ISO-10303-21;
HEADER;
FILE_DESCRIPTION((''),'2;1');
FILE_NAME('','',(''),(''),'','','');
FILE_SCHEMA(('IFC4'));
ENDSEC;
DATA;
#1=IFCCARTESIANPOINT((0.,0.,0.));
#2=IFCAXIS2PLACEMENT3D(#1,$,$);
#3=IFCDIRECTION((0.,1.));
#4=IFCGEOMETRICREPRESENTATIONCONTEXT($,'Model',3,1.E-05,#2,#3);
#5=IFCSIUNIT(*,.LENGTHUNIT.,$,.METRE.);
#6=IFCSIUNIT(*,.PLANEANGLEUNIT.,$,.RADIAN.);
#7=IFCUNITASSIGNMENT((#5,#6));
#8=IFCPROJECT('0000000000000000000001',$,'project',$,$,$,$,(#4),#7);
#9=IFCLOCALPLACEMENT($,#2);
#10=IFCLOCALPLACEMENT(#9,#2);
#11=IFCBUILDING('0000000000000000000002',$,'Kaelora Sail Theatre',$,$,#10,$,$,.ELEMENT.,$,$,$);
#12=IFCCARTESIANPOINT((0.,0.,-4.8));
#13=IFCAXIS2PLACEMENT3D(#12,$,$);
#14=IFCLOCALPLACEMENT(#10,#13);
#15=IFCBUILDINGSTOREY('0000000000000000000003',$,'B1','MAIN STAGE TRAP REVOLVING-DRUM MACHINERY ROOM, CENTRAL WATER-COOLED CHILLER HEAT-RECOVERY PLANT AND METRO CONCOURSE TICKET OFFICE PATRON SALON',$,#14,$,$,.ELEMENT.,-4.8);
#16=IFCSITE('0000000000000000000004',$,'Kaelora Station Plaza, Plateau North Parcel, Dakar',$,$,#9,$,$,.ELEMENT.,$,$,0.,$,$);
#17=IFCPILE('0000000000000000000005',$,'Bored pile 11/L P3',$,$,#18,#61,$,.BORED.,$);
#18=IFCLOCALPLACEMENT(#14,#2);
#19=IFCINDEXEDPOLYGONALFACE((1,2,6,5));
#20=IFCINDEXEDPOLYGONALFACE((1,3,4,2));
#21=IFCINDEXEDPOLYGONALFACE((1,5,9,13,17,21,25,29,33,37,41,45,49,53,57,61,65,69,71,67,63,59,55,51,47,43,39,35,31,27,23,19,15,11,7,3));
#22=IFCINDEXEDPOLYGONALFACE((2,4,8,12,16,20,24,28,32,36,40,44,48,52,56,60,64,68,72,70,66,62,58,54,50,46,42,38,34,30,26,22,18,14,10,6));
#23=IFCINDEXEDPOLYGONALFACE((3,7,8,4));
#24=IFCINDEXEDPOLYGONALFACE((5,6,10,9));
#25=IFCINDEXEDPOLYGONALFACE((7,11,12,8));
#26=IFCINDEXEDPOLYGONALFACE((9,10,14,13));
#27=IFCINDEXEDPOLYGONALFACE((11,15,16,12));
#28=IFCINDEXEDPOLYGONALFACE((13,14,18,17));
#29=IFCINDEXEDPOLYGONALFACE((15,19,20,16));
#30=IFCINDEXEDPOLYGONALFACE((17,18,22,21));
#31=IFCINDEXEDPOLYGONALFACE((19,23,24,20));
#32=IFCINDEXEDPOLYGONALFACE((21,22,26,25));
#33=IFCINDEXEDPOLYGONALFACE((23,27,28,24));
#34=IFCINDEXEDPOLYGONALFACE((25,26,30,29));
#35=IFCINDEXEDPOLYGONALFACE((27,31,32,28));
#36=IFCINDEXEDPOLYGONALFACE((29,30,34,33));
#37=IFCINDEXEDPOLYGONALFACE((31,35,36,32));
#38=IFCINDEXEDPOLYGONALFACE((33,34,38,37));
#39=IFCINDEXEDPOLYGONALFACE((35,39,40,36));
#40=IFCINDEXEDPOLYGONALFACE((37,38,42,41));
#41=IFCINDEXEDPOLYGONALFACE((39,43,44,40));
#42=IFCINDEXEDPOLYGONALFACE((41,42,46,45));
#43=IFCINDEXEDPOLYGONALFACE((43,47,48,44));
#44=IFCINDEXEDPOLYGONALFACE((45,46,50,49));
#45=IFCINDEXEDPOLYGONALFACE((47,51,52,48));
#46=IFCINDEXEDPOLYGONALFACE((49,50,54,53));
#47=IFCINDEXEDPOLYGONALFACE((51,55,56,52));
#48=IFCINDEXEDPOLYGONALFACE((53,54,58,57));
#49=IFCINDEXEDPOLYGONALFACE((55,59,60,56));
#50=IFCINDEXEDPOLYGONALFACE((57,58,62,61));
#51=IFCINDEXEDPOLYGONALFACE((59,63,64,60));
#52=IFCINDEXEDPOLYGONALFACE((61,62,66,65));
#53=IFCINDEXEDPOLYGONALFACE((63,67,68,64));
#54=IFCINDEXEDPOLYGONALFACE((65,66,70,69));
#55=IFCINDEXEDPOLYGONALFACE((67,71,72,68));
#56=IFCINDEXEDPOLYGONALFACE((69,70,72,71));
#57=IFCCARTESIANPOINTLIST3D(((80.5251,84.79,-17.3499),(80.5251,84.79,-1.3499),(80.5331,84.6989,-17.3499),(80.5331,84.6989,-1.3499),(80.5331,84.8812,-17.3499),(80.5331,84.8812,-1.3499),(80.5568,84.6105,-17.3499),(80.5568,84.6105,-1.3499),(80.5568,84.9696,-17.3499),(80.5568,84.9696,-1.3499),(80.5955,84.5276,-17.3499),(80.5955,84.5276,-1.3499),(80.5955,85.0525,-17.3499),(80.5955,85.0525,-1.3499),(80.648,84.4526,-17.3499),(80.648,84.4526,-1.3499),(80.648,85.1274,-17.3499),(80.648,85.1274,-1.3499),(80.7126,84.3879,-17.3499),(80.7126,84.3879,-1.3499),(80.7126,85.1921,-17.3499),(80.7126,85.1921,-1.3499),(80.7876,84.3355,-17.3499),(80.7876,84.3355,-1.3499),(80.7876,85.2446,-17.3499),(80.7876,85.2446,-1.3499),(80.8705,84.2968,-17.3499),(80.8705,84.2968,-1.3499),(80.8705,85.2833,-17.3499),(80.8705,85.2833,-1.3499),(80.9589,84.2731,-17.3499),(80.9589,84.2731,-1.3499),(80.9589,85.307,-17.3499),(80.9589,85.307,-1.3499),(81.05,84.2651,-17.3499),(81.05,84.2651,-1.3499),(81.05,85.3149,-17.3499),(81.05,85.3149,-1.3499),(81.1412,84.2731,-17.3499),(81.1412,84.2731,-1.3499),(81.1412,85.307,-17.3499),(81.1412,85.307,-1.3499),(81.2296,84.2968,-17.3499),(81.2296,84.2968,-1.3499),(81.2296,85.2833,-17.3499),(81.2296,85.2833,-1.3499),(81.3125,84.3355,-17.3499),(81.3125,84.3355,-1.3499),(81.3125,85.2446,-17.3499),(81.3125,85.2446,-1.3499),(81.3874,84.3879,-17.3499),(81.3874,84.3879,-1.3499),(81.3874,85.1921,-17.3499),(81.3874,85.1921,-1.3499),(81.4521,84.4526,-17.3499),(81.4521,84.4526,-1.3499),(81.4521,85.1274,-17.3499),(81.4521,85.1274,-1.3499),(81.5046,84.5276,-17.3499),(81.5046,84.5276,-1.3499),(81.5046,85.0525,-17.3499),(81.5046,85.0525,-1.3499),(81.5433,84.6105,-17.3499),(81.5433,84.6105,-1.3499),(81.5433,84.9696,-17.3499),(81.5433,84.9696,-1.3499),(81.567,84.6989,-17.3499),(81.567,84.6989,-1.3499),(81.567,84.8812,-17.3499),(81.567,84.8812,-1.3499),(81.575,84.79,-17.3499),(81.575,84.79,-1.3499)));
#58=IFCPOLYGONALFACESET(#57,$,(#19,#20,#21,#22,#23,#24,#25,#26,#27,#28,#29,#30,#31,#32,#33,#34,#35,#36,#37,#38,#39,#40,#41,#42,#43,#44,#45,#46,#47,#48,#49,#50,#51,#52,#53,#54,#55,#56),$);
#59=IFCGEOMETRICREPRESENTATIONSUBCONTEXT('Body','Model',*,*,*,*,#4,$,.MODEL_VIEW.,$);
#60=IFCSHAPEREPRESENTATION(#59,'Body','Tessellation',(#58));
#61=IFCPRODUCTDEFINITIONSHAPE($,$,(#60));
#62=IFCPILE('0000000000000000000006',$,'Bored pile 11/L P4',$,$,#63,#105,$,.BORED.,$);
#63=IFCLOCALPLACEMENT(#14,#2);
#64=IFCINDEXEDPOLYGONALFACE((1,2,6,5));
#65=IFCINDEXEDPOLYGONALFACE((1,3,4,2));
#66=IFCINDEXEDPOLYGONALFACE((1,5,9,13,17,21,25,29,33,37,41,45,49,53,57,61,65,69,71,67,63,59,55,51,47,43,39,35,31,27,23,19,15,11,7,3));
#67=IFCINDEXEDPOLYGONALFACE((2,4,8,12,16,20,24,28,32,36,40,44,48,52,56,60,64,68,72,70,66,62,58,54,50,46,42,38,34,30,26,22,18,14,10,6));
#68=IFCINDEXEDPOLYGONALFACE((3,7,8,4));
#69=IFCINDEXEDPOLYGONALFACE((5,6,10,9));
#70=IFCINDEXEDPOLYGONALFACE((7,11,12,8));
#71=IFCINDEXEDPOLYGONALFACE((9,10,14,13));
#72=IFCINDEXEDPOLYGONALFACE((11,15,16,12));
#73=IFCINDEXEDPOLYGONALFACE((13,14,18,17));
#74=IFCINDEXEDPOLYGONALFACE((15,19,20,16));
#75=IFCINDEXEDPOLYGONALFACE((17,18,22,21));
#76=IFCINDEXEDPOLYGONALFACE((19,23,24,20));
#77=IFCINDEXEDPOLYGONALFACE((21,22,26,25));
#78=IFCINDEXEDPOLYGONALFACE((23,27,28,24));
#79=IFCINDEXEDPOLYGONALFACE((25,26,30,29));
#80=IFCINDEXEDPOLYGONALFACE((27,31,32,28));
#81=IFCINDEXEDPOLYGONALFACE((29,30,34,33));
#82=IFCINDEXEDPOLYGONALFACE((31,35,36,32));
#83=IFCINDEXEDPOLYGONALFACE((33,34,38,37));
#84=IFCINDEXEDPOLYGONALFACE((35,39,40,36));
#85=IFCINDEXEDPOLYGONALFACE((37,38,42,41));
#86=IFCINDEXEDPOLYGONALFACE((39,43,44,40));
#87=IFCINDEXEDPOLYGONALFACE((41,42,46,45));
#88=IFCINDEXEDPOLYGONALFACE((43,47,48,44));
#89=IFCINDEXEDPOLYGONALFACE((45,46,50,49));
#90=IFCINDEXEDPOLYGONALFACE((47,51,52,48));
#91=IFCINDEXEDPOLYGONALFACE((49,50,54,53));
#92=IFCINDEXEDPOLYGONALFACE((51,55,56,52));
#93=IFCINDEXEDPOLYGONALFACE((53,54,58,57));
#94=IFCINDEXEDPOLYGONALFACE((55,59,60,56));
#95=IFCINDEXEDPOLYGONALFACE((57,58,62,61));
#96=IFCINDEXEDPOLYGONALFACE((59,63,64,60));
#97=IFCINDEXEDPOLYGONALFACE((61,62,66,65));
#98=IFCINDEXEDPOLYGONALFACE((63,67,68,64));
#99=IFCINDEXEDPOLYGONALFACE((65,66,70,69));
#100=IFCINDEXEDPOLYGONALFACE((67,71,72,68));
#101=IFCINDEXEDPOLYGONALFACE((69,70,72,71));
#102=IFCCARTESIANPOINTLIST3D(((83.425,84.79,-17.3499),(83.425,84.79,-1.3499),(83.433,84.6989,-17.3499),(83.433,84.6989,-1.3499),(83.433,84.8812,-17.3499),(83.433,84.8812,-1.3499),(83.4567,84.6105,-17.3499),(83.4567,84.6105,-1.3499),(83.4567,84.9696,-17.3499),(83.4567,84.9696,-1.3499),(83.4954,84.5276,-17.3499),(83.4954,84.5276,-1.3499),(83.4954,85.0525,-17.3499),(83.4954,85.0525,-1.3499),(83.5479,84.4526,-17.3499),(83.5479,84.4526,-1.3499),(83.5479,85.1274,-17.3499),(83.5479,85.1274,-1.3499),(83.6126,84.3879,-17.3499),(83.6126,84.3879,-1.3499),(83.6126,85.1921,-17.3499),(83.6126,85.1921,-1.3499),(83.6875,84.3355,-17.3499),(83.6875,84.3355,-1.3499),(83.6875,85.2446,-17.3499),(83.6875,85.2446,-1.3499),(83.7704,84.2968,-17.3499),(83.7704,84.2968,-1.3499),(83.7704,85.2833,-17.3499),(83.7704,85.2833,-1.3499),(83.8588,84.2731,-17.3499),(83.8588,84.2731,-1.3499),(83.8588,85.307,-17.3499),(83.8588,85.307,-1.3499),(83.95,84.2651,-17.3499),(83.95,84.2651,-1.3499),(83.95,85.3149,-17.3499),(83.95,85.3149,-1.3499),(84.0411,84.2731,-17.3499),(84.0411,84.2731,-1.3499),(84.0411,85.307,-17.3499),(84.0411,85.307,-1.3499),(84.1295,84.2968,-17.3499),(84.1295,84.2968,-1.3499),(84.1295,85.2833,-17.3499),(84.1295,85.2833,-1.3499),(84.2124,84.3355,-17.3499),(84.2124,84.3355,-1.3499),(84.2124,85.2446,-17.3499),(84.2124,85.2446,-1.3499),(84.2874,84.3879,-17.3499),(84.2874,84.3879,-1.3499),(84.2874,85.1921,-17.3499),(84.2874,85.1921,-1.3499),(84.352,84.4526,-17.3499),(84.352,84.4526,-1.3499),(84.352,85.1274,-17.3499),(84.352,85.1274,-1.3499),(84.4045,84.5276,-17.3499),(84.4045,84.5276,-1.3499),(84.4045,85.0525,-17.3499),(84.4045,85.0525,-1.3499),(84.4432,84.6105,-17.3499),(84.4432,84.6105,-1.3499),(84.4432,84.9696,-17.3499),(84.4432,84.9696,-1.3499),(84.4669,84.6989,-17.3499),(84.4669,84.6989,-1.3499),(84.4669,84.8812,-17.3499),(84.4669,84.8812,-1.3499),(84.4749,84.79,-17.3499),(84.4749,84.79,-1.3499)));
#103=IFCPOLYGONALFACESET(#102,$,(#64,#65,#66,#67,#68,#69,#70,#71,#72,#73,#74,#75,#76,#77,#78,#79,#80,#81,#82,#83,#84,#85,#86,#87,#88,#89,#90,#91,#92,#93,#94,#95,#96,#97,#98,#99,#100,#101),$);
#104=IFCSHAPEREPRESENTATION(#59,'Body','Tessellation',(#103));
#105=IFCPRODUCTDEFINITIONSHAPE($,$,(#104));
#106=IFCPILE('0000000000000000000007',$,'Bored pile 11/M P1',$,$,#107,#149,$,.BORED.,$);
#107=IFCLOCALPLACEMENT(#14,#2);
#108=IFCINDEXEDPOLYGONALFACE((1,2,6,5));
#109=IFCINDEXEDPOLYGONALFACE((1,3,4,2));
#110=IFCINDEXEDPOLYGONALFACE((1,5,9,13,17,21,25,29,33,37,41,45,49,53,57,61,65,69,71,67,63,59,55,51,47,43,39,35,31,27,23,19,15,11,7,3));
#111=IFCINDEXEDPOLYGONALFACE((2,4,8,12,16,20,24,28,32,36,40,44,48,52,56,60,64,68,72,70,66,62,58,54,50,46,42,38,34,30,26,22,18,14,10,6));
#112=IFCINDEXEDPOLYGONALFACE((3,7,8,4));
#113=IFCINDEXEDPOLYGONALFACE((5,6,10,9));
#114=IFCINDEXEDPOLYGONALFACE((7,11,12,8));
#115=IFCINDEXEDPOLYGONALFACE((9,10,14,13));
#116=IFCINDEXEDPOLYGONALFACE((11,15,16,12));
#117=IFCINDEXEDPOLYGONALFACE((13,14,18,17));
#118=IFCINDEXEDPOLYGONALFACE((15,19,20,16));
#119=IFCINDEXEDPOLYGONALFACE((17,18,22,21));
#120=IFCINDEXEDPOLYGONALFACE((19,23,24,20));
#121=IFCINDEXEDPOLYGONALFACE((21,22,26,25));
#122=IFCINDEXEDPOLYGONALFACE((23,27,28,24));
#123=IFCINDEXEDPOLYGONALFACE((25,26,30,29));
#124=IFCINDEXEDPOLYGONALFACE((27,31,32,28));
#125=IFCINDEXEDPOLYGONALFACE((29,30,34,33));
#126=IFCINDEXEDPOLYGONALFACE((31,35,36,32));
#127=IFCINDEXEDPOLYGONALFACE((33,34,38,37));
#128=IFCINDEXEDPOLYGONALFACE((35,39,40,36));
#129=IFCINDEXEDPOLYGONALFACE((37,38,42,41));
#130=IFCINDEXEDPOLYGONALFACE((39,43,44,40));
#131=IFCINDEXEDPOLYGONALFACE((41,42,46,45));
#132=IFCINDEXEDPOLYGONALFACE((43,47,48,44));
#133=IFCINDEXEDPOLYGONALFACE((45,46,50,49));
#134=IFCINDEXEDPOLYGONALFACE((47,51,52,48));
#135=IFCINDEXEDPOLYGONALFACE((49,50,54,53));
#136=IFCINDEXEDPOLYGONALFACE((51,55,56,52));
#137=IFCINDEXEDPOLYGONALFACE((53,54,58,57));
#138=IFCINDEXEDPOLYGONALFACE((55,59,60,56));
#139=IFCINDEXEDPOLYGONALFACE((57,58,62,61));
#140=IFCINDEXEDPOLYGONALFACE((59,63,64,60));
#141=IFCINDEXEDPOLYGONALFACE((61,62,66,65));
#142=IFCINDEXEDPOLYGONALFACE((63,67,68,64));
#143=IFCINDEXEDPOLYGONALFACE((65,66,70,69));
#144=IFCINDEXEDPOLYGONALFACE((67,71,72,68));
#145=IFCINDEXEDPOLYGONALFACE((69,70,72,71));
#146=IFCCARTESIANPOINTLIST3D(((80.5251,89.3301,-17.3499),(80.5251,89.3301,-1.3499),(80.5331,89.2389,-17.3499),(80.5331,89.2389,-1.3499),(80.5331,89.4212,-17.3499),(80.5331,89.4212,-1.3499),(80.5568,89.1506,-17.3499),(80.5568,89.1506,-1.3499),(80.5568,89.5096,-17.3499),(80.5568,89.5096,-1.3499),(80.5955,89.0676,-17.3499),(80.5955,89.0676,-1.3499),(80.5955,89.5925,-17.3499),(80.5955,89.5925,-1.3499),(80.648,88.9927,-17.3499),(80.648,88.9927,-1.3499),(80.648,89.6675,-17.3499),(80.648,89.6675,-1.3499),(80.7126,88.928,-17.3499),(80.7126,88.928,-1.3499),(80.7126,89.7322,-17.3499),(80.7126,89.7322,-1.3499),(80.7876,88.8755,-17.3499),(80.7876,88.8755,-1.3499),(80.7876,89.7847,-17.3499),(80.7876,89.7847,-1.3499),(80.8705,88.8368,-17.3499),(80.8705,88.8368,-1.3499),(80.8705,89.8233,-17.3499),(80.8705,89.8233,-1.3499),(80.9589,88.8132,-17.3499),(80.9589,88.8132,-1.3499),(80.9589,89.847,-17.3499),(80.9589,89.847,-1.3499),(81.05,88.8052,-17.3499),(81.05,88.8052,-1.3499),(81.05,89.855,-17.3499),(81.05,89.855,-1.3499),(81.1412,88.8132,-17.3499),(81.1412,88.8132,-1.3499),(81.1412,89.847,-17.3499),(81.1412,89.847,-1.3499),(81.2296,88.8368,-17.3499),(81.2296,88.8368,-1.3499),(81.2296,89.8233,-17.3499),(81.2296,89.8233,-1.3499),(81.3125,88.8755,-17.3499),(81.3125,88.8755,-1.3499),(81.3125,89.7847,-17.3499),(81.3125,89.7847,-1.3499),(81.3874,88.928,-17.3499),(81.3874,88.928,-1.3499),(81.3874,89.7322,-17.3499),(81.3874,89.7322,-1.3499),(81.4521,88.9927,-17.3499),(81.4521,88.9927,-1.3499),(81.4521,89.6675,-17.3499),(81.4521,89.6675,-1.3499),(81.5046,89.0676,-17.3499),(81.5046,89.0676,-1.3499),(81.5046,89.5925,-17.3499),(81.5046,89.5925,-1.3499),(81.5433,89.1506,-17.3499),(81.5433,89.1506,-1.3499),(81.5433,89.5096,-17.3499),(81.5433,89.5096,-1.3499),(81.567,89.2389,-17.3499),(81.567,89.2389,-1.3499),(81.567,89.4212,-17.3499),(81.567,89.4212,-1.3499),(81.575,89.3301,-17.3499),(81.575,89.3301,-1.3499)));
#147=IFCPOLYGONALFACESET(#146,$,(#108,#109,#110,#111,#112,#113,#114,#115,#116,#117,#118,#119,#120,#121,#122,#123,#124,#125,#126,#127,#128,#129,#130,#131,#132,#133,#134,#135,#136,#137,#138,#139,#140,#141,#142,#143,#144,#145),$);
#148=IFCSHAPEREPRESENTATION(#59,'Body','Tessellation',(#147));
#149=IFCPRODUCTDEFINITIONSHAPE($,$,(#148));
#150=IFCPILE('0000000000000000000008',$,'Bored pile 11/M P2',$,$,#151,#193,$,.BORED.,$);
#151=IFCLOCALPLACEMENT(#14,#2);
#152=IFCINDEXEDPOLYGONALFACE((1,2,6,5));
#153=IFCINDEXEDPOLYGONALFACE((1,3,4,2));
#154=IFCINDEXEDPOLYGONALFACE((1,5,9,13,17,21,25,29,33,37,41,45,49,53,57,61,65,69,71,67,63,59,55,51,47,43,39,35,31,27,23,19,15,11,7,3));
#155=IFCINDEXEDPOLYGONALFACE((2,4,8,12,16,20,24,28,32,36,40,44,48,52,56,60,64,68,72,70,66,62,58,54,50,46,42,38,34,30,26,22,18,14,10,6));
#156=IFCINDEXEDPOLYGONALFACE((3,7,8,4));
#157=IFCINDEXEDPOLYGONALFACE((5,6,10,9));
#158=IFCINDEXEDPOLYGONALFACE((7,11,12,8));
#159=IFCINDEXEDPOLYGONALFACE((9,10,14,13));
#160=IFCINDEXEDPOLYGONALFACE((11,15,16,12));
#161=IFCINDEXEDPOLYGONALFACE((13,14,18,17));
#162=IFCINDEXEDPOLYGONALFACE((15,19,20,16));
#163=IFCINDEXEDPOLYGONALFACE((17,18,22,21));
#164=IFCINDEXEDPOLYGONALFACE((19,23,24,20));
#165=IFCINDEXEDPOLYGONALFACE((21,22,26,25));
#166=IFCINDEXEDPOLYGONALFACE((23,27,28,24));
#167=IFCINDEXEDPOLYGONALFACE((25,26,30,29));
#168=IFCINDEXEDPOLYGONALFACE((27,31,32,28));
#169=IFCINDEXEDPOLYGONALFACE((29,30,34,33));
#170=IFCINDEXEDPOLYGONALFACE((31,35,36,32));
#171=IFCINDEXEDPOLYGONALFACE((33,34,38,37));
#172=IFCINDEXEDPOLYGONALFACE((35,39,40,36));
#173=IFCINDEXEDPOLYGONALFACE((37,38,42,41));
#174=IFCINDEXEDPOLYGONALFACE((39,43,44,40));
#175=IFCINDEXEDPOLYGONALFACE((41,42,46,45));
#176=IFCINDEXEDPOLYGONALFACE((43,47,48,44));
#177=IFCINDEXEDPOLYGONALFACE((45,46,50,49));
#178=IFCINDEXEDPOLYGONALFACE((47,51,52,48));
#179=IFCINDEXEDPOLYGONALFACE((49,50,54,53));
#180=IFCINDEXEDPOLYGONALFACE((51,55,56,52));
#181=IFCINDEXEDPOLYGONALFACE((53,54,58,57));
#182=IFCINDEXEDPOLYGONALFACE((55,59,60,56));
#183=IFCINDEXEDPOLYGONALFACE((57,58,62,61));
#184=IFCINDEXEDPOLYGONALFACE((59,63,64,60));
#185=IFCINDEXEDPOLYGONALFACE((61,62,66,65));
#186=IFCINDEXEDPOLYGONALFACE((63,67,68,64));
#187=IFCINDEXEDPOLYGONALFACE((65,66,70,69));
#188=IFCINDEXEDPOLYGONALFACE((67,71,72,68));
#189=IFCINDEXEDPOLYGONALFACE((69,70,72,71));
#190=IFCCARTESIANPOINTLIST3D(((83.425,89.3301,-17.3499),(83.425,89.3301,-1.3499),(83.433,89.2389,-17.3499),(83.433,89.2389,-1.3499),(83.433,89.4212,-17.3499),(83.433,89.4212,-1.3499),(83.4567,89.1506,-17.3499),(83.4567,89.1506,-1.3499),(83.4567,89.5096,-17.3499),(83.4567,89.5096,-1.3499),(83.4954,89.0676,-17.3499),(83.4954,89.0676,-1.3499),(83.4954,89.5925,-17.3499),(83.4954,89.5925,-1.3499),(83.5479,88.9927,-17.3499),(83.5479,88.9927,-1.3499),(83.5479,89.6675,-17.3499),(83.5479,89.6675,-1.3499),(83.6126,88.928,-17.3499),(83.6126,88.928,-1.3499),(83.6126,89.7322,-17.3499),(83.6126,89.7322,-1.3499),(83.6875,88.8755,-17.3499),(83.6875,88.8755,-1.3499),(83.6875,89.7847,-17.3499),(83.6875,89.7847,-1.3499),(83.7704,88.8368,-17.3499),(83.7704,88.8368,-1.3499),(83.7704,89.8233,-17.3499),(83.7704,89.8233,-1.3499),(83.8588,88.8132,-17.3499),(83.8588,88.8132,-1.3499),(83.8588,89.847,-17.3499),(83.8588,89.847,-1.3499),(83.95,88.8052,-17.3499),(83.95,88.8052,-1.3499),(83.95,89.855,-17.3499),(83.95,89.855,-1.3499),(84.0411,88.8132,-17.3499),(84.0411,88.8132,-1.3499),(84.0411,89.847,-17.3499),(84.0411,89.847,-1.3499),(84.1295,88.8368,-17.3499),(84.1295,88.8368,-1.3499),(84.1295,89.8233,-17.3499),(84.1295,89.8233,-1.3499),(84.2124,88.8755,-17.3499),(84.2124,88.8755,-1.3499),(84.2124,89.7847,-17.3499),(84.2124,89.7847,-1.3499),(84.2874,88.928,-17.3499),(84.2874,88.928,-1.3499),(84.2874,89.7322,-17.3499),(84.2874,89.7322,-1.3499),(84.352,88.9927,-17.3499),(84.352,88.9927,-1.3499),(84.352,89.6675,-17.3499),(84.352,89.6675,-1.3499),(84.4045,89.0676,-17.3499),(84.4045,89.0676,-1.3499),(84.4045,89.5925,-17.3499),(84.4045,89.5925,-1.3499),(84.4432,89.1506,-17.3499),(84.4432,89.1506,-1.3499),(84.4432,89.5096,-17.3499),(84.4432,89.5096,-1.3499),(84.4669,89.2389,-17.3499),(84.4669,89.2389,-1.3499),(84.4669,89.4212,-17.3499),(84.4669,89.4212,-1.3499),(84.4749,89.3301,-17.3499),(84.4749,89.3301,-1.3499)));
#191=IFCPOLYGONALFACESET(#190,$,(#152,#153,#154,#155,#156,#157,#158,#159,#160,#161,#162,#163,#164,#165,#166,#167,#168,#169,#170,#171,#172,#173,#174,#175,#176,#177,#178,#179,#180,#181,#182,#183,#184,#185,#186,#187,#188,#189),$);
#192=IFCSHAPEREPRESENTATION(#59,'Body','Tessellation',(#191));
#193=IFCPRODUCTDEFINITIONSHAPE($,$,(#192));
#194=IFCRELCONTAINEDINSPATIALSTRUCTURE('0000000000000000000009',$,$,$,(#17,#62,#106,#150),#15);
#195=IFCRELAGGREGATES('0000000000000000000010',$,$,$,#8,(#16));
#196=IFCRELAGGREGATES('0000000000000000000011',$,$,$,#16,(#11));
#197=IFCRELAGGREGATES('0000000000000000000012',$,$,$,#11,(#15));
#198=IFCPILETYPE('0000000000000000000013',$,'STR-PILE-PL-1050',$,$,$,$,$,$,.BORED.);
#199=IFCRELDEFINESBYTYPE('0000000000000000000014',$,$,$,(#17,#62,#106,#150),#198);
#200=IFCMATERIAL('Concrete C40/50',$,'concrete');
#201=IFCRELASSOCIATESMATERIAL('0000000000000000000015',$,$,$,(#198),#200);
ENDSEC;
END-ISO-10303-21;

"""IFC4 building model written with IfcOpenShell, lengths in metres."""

from ifc_helpers import new_model, si_unit, direction, frame, origin, origin_2d, place, context, subcontext, project, spatial, circle, extrude, material, material_profile, profile_set, type_object, element, save


model = new_model("IFC4")

# Units and contexts
model_context = context("Model", 3, precision=1e-05, world=origin(), true_north=direction((0.0, 1.0)))
body_context = subcontext(model_context, "Body", "Model", "MODEL_VIEW")
ifc_project = project(units=[si_unit("LENGTHUNIT", "METRE"), si_unit("PLANEANGLEUNIT", "RADIAN")], contexts=[model_context])

# Site, building, storey
site_placement = place(None, origin())
site = spatial("IfcSite", under=ifc_project, at=site_placement, Name="Kaelora Station Plaza, Plateau North Parcel, Dakar", CompositionType="ELEMENT", RefElevation=0.0)
building_placement = place(site_placement, origin())
building = spatial("IfcBuilding", under=site, at=building_placement, Name="Kaelora Sail Theatre", CompositionType="ELEMENT")
storey_placement = place(building_placement, frame((0.0, 0.0, -4.8)))
storey = spatial("IfcBuildingStorey", under=building, at=storey_placement, Name="B1", Description="MAIN STAGE TRAP REVOLVING-DRUM MACHINERY ROOM, CENTRAL WATER-COOLED CHILLER HEAT-RECOVERY PLANT AND METRO CONCOURSE TICKET OFFICE PATRON SALON", CompositionType="ELEMENT", Elevation=-4.8)

# Piles
ifc_material_1 = material(Name="Concrete C40/50", Category="concrete")
ifc_material_profile_1 = material_profile(ifc_material_1, circle(Radius=0.5249, at=origin_2d()), Name="PILE D1050")
ifc_profile_set_1 = profile_set([ifc_material_profile_1], Name="Concrete C40/50")
pile_type = type_object("IfcPileType", Name="STR-PILE-PL-1050", PredefinedType="BORED", material=ifc_profile_set_1)
for number, where, z_axis, x_axis, name in (
    (1, (81.05, 84.79, -1.3499), (0.0, 0.0, -1.0), (1.0, 0.0, 0.0), "Bored pile 11/L P3"),
    (2, (83.95, 84.79, -1.3499), (0.0, 0.0, -1.0), (1.0, 0.0, 0.0), "Bored pile 11/L P4"),
    (3, (81.05, 89.3301, -1.3499), (0.0, 0.0, -1.0), (1.0, 0.0, 0.0), "Bored pile 11/M P1"),
    (4, (83.95, 89.3301, -1.3499), (0.0, 0.0, -1.0), (1.0, 0.0, 0.0), "Bored pile 11/M P2"),
):
    element("IfcPile", number, at=place(storey_placement, frame(where, z_axis=z_axis, x_axis=x_axis)), inside=storey, type_object=pile_type, Name=name, PredefinedType="BORED", context=body_context, shape_type="SweptSolid", body=[
        extrude(circle(Radius=0.5249, at=origin_2d()), origin(), (0.0, 0.0, 1.0), 16.0),
    ])

save(model, "model.ifc")
